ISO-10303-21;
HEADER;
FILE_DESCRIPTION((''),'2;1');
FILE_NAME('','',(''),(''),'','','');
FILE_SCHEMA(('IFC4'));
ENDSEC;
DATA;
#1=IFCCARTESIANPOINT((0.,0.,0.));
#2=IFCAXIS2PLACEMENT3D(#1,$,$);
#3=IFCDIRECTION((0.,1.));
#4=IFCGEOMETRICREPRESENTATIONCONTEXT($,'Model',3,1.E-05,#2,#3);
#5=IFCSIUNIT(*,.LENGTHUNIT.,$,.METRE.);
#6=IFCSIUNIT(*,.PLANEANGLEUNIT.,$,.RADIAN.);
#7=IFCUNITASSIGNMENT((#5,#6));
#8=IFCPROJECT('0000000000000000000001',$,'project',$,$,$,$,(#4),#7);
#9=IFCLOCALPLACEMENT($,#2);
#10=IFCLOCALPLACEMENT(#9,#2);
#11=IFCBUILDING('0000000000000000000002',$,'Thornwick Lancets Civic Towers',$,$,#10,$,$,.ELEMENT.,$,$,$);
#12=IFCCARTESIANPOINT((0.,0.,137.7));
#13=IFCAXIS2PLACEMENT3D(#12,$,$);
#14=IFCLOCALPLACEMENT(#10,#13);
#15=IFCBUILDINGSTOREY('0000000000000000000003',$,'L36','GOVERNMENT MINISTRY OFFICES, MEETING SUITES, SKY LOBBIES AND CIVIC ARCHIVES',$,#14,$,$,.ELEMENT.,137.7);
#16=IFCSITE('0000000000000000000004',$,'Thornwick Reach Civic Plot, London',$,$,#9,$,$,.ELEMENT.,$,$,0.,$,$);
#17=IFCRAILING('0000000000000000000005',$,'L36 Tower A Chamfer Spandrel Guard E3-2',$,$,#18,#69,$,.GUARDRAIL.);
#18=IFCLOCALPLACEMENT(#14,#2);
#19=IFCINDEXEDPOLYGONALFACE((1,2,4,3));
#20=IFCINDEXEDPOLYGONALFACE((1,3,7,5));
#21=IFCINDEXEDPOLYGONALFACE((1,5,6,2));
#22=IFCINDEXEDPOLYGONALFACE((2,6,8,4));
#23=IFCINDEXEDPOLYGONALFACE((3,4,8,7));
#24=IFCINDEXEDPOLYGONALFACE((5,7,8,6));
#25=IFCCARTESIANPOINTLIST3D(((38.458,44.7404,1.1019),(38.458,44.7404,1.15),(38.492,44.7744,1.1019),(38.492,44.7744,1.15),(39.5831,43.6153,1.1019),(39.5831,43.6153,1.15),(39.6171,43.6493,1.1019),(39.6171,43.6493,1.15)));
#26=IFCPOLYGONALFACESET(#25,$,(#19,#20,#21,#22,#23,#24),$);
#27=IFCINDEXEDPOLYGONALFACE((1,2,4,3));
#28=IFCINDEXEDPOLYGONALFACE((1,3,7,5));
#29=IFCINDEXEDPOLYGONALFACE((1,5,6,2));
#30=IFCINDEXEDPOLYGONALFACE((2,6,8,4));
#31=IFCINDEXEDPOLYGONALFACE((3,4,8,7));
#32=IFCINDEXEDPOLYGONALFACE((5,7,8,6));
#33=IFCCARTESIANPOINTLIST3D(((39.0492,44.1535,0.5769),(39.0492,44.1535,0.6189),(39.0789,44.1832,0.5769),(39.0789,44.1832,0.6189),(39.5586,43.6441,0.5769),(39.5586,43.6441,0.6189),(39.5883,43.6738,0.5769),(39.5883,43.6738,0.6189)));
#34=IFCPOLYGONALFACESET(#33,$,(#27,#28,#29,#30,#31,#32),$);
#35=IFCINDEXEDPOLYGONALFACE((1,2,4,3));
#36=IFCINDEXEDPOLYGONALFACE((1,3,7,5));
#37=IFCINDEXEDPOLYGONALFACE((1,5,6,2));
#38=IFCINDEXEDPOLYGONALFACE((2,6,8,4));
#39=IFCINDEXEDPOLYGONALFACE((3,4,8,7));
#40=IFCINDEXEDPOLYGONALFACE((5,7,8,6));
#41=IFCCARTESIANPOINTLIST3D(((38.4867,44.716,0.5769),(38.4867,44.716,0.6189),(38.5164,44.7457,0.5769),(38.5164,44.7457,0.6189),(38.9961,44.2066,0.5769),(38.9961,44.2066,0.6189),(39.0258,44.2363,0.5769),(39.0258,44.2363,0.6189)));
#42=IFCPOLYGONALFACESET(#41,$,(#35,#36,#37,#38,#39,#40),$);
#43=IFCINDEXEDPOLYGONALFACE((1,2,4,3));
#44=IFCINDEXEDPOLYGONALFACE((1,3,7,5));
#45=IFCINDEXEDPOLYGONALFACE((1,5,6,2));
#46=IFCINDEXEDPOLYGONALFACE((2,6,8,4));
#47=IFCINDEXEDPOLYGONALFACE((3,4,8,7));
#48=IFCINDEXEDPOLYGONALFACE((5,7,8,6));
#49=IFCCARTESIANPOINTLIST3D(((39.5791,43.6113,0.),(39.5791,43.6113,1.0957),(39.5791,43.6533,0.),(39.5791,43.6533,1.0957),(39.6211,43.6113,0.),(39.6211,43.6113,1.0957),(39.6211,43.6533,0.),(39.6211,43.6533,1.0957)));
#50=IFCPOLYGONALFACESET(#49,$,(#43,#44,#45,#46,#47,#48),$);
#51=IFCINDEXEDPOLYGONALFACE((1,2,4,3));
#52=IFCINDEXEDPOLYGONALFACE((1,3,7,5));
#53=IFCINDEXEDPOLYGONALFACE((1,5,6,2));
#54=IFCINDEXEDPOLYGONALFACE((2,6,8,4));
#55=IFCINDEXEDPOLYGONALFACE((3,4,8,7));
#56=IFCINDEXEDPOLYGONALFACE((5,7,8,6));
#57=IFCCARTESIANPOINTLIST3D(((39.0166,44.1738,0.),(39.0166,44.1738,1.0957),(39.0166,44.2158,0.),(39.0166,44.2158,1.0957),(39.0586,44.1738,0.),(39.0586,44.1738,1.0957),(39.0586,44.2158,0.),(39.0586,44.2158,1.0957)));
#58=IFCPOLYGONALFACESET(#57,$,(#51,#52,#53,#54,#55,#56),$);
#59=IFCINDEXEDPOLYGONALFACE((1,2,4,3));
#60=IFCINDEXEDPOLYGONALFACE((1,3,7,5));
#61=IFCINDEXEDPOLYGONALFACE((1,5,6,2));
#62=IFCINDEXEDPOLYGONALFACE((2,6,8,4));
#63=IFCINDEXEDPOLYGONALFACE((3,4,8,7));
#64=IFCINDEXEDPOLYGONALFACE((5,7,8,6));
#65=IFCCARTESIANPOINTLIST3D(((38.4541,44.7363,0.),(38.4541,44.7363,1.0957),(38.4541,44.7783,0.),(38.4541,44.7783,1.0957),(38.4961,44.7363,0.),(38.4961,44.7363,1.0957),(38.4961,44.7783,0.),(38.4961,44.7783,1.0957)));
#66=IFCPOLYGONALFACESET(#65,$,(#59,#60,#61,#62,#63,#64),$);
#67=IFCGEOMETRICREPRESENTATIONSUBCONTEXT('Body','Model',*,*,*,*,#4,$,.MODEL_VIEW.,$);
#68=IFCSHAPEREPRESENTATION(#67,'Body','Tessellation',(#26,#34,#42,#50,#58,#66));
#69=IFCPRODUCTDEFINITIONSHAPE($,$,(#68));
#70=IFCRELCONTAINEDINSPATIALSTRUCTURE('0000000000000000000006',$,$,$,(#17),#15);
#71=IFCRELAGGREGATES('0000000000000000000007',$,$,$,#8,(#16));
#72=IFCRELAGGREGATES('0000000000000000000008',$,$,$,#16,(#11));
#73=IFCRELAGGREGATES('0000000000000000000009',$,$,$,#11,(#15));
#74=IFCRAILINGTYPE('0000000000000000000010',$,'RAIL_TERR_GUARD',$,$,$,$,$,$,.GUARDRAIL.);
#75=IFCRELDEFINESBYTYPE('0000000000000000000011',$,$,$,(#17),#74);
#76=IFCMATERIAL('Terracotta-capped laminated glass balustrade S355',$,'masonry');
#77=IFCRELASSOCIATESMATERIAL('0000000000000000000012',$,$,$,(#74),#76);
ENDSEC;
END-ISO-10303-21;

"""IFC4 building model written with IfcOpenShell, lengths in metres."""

from ifc_helpers import new_model, si_unit, direction, frame, origin, origin_2d, place, context, subcontext, project, spatial, rectangle, extrude, material, type_object, element, save


model = new_model("IFC4")

# Units and contexts
model_context = context("Model", 3, precision=1e-05, world=origin(), true_north=direction((0.0, 1.0)))
body_context = subcontext(model_context, "Body", "Model", "MODEL_VIEW")
ifc_project = project(units=[si_unit("LENGTHUNIT", "METRE"), si_unit("PLANEANGLEUNIT", "RADIAN")], contexts=[model_context])

# Site, building, storey
site_placement = place(None, origin())
site = spatial("IfcSite", under=ifc_project, at=site_placement, Name="Thornwick Reach Civic Plot, London", CompositionType="ELEMENT", RefElevation=0.0)
building_placement = place(site_placement, origin())
building = spatial("IfcBuilding", under=site, at=building_placement, Name="Thornwick Lancets Civic Towers", CompositionType="ELEMENT")
storey_placement = place(building_placement, frame((0.0, 0.0, 137.7)))
storey = spatial("IfcBuildingStorey", under=building, at=storey_placement, Name="L36", Description="GOVERNMENT MINISTRY OFFICES, MEETING SUITES, SKY LOBBIES AND CIVIC ARCHIVES", CompositionType="ELEMENT", Elevation=137.7)

# Railing
ifc_material_1 = material(Name="Terracotta-capped laminated glass balustrade S355", Category="masonry")
railing_type_1 = type_object("IfcRailingType", Name="RAIL_TERR_GUARD", PredefinedType="GUARDRAIL", material=ifc_material_1)
railing_1_placement = place(storey_placement, frame((39.6001, 43.6323, 0.0)))
element("IfcRailing", 1, at=railing_1_placement, inside=storey, type_object=railing_type_1, Name="L36 Tower A Chamfer Spandrel Guard E3-2", PredefinedType="GUARDRAIL", context=body_context, shape_type="SweptSolid", body=[
    extrude(rectangle(XDim=0.0481, YDim=0.0481, at=origin_2d()), frame((0.0, 0.0, 1.126), z_axis=(-0.707107, 0.707107, 0.0), x_axis=(-0.707107, -0.707107, 0.0)), (0.0, 0.0, 1.0), 1.5911),
    extrude(rectangle(XDim=0.042, YDim=0.042, at=origin_2d()), frame((-0.0266, 0.0266, 0.5979), z_axis=(-0.707107, 0.707107, 0.0), x_axis=(-0.707107, -0.707107, 0.0)), (0.0, 0.0, 1.0), 0.7205),
    extrude(rectangle(XDim=0.042, YDim=0.042, at=origin_2d()), frame((-0.5891, 0.5891, 0.5979), z_axis=(-0.707107, 0.707107, 0.0), x_axis=(-0.707107, -0.707107, 0.0)), (0.0, 0.0, 1.0), 0.7205),
    extrude(rectangle(XDim=0.042, YDim=0.042, at=origin_2d()), origin(), (0.0, 0.0, 1.0), 1.0957),
    extrude(rectangle(XDim=0.042, YDim=0.042, at=origin_2d()), frame((-0.5625, 0.5625, 0.0)), (0.0, 0.0, 1.0), 1.0957),
    extrude(rectangle(XDim=0.042, YDim=0.042, at=origin_2d()), frame((-1.125, 1.125, 0.0)), (0.0, 0.0, 1.0), 1.0957),
])

save(model, "model.ifc")
